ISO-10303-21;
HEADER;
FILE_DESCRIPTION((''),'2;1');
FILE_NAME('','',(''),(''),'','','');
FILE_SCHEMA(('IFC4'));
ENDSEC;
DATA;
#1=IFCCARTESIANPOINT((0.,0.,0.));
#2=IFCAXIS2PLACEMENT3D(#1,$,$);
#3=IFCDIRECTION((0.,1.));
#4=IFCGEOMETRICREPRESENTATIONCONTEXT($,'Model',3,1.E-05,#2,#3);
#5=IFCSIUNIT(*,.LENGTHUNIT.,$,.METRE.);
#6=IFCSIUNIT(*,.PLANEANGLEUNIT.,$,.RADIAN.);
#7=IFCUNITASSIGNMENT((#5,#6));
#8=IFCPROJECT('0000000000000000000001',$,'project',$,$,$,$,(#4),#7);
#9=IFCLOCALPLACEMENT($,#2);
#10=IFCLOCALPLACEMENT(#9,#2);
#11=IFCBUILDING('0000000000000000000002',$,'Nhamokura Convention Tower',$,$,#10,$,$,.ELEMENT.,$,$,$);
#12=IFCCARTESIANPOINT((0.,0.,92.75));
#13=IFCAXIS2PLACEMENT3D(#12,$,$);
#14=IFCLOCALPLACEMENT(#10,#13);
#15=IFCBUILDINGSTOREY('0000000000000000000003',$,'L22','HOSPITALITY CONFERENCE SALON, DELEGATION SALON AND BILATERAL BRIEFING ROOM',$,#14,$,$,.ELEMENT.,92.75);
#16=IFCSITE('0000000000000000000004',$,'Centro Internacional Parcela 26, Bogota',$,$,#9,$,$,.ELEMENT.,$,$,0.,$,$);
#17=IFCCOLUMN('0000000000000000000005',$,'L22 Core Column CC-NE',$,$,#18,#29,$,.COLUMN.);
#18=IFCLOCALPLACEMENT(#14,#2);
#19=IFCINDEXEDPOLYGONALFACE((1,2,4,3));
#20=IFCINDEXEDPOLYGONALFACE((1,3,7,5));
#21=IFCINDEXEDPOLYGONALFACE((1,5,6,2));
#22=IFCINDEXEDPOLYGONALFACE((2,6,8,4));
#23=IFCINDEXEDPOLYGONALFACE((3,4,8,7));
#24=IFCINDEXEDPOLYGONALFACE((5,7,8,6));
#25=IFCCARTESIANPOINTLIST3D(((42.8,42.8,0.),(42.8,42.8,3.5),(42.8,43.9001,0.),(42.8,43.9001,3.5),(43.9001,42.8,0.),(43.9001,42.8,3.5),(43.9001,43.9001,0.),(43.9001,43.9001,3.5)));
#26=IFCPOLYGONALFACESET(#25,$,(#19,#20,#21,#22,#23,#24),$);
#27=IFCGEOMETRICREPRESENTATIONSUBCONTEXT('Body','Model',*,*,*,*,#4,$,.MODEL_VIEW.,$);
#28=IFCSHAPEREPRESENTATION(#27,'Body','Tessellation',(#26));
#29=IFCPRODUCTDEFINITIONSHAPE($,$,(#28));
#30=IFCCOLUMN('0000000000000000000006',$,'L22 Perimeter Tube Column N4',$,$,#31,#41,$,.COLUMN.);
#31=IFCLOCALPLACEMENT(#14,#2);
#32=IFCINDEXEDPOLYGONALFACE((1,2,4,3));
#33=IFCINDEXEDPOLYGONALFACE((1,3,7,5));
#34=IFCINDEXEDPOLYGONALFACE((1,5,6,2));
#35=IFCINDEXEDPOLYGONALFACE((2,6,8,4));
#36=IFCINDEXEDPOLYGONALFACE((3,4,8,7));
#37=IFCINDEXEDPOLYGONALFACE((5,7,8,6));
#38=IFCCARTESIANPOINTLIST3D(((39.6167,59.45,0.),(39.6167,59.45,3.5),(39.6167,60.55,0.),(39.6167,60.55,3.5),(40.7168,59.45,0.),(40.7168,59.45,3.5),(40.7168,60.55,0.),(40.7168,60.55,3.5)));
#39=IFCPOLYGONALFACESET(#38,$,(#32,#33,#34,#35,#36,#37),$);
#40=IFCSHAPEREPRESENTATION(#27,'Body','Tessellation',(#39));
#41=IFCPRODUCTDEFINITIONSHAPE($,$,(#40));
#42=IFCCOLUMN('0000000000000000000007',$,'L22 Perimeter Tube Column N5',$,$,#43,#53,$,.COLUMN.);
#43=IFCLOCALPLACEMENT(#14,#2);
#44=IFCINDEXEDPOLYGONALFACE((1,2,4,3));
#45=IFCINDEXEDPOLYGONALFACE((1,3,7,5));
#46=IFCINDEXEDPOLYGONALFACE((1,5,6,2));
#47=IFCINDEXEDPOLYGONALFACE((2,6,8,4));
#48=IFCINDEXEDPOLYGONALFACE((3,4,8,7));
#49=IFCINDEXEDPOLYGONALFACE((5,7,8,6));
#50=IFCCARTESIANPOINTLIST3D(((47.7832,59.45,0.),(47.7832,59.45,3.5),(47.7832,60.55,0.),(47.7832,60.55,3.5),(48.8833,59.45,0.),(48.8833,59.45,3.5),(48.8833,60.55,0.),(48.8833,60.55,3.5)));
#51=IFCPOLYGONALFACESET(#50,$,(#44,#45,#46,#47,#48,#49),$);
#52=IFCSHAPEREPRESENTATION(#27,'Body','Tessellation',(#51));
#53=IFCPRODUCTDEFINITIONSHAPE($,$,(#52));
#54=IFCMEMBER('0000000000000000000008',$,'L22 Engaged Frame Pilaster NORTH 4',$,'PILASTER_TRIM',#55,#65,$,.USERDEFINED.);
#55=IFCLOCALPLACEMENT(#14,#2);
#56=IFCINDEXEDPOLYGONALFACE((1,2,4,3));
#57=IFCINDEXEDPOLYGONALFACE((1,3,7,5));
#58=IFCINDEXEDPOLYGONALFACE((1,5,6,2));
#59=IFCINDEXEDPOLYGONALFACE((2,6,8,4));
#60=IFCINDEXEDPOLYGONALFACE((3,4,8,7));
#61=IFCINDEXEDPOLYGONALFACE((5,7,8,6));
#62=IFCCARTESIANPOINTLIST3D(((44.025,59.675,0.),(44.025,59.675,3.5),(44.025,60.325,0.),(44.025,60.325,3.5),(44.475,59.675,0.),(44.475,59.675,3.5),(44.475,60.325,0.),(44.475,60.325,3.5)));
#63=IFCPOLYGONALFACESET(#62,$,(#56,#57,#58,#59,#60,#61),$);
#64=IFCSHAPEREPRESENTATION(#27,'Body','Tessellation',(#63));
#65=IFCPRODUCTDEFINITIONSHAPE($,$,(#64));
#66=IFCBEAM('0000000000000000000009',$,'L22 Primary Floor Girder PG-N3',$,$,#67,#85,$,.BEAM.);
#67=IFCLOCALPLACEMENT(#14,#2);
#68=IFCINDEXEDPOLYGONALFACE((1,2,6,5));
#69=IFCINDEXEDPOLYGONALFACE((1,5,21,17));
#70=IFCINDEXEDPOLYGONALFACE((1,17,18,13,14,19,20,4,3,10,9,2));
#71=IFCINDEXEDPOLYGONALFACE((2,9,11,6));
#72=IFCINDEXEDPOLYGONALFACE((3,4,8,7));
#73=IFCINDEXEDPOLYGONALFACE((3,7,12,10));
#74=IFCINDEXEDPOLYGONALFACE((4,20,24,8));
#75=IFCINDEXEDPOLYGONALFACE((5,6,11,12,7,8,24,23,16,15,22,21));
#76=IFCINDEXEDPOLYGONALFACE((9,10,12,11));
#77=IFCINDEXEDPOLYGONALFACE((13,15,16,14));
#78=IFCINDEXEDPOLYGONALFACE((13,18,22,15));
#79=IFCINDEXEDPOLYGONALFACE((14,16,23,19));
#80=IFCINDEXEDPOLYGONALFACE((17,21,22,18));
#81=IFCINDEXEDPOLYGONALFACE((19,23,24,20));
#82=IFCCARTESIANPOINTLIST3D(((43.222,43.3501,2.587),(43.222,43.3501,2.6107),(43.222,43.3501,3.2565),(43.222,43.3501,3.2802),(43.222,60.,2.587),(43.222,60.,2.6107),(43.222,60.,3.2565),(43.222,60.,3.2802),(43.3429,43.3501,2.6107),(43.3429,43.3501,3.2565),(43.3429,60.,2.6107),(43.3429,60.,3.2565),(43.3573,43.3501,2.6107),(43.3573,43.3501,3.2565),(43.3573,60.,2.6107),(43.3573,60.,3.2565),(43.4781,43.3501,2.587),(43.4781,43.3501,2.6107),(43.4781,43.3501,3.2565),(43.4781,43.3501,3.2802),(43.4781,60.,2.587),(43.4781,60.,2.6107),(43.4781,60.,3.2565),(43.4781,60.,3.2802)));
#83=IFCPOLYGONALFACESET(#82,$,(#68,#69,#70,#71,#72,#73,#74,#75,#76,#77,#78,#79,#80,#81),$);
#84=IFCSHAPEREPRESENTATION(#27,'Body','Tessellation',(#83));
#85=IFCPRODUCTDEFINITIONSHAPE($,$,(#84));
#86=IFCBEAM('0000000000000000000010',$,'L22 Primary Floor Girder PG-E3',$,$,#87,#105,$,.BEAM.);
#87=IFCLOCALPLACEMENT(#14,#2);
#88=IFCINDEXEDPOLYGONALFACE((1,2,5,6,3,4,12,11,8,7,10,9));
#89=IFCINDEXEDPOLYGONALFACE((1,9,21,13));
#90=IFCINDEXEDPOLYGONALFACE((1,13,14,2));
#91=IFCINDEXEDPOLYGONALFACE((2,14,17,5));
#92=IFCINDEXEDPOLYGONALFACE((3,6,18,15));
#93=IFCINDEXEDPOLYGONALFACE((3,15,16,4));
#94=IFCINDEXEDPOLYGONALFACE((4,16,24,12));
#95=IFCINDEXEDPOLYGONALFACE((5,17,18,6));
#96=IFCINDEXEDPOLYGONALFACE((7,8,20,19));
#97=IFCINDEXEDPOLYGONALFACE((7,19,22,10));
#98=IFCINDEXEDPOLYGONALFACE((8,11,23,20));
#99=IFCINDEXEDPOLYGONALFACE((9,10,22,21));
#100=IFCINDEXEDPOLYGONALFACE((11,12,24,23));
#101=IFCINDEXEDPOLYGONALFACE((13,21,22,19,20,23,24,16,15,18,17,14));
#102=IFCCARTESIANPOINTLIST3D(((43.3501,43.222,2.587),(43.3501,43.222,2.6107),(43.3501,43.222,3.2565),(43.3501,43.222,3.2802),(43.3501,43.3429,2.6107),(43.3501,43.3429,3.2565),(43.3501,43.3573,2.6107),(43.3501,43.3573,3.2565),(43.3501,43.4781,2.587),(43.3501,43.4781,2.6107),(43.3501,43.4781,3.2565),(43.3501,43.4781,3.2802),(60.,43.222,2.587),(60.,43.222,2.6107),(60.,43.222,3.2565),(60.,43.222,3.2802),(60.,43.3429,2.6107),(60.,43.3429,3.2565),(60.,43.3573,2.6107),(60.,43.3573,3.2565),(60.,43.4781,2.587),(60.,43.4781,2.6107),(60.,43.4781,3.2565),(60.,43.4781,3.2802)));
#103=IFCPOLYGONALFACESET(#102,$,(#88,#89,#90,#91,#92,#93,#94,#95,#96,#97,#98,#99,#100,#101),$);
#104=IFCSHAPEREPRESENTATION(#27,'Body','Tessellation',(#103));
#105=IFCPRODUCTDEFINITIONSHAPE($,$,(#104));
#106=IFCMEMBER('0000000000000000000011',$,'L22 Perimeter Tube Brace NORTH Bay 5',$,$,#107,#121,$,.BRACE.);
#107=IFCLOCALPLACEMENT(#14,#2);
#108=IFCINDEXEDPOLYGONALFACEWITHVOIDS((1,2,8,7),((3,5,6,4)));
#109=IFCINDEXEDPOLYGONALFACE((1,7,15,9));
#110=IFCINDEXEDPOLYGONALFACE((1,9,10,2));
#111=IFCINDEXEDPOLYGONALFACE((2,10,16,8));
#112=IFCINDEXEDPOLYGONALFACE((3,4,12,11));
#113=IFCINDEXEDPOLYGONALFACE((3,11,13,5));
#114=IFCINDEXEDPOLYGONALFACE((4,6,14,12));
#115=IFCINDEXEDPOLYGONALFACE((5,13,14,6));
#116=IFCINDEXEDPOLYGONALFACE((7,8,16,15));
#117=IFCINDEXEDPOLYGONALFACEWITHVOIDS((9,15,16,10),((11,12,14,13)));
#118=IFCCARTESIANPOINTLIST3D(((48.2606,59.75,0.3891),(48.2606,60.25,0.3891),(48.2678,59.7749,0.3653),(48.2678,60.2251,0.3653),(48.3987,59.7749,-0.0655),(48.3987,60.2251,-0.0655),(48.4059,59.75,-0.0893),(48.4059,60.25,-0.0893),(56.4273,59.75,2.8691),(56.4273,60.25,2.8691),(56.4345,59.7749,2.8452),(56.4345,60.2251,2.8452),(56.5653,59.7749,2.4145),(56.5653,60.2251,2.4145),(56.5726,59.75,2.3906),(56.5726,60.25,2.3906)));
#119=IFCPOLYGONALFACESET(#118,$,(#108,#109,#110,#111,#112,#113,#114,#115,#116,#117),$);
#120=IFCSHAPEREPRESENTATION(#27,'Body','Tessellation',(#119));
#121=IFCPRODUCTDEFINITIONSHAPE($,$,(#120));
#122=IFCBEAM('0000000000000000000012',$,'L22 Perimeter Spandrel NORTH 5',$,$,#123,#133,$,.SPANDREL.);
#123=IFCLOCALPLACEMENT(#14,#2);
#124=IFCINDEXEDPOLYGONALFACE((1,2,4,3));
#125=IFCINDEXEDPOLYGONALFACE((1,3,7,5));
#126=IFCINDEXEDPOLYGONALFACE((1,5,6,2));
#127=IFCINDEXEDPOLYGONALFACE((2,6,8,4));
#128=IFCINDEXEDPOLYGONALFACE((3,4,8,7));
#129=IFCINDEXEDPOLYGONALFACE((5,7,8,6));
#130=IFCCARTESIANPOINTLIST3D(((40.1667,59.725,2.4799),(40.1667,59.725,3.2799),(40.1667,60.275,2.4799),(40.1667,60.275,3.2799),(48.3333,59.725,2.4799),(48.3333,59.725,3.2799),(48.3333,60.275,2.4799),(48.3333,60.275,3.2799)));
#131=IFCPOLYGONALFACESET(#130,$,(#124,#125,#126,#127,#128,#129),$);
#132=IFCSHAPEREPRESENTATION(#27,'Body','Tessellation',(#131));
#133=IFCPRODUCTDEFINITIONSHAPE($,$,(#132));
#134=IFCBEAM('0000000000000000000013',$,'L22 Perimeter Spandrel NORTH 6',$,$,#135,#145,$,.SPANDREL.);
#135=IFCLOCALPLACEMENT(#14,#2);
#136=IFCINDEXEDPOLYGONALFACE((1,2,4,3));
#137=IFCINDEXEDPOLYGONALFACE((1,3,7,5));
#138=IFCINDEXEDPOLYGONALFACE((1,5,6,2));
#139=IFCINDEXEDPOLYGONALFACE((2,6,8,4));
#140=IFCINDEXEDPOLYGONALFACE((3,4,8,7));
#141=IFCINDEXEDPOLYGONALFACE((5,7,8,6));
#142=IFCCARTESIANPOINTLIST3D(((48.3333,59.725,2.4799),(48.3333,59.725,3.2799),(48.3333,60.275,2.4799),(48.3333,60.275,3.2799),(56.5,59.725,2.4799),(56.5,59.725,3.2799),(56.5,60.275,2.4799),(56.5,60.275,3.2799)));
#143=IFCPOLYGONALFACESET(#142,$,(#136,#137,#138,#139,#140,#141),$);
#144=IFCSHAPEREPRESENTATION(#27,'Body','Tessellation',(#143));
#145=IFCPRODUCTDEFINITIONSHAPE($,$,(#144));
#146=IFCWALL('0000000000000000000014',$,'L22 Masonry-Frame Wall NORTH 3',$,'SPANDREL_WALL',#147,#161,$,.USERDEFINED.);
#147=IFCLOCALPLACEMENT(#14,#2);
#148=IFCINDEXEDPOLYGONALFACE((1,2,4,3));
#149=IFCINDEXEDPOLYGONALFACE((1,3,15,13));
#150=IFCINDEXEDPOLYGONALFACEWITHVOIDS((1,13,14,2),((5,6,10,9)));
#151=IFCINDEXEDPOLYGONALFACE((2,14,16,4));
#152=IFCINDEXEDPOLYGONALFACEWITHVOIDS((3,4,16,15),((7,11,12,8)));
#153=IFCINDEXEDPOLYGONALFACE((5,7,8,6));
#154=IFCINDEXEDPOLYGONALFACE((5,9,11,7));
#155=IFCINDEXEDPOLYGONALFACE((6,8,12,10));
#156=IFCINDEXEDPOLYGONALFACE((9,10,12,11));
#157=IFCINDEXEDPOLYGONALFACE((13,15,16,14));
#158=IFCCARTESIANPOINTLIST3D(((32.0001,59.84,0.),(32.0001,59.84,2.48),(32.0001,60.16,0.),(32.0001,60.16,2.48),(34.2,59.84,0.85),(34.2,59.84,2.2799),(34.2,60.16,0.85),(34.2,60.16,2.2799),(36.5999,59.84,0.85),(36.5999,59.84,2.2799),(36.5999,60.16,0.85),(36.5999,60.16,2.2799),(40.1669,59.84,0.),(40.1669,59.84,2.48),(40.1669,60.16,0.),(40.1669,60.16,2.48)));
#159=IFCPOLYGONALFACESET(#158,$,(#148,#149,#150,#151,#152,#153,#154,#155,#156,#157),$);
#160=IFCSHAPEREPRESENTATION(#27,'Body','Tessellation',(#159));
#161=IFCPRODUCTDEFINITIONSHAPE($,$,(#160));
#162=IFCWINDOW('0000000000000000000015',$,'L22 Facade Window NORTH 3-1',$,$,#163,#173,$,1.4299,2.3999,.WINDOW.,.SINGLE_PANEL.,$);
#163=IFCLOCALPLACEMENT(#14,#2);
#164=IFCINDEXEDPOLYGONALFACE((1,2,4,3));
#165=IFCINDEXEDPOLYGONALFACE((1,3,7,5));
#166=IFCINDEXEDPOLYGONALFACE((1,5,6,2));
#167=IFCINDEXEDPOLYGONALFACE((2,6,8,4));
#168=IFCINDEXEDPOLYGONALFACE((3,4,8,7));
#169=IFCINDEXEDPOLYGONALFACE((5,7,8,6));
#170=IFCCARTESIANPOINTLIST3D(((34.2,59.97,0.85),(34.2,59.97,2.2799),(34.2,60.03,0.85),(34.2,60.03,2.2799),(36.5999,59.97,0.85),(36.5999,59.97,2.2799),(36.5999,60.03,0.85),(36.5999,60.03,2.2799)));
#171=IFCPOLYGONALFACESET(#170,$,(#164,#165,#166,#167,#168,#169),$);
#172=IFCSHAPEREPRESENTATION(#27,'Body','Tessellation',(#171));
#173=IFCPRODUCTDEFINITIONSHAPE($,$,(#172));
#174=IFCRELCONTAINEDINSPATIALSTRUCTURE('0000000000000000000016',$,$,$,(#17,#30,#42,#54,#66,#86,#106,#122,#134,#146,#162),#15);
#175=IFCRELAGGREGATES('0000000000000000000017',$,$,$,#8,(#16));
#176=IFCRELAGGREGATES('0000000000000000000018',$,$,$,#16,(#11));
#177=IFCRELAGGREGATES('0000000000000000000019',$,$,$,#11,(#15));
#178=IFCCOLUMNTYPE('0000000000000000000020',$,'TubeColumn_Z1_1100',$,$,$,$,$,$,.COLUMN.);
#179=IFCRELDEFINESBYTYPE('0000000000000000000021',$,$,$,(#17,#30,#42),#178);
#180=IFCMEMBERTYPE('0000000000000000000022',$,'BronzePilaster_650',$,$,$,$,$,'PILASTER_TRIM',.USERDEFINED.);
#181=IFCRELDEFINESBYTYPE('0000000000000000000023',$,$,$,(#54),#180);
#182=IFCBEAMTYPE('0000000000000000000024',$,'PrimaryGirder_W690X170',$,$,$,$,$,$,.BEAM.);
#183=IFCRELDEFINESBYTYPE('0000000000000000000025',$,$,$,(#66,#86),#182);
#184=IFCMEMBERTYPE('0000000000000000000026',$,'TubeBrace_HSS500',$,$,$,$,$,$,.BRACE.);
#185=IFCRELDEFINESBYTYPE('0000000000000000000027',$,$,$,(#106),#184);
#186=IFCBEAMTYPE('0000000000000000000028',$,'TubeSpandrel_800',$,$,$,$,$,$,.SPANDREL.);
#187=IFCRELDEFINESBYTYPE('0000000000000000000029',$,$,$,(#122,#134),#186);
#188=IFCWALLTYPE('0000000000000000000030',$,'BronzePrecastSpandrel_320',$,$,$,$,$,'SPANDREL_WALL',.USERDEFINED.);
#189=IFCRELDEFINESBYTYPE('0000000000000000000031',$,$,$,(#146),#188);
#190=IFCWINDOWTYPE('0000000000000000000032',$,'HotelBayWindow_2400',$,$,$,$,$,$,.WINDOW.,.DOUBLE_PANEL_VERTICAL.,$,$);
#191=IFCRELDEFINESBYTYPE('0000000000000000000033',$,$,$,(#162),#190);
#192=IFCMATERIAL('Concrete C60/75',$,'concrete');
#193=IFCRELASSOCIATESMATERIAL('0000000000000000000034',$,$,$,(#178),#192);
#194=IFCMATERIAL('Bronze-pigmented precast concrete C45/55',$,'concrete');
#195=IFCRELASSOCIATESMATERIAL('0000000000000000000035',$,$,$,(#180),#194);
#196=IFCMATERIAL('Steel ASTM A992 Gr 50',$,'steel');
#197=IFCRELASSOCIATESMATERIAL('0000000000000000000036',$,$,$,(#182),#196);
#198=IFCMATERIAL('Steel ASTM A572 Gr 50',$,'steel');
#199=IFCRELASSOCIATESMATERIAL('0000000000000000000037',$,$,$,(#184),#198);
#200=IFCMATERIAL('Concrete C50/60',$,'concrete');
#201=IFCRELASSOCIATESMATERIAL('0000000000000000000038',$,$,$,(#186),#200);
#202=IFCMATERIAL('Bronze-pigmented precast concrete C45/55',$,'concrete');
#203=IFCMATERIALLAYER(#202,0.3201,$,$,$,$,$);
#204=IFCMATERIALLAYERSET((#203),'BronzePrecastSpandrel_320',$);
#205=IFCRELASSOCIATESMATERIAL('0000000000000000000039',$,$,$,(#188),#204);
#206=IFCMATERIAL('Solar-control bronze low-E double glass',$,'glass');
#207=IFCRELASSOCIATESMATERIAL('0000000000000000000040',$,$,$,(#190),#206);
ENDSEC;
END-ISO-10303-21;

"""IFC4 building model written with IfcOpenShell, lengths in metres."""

from ifc_helpers import new_model, si_unit, direction, frame, frame_2d, origin, origin_2d, place, context, subcontext, project, spatial, rectangle, hollow_rectangle, i_section, extrude, material, layer, layer_set, material_profile, profile_set, type_object, element, fill, save


model = new_model("IFC4")

# Units and contexts
model_context = context("Model", 3, precision=1e-05, world=origin(), true_north=direction((0.0, 1.0)))
body_context = subcontext(model_context, "Body", "Model", "MODEL_VIEW")
ifc_project = project(units=[si_unit("LENGTHUNIT", "METRE"), si_unit("PLANEANGLEUNIT", "RADIAN")], contexts=[model_context])

# Site, building, storey
site_placement = place(None, origin())
site = spatial("IfcSite", under=ifc_project, at=site_placement, Name="Centro Internacional Parcela 26, Bogota", CompositionType="ELEMENT", RefElevation=0.0)
building_placement = place(site_placement, origin())
building = spatial("IfcBuilding", under=site, at=building_placement, Name="Nhamokura Convention Tower", CompositionType="ELEMENT")
storey_placement = place(building_placement, frame((0.0, 0.0, 92.75)))
storey = spatial("IfcBuildingStorey", under=building, at=storey_placement, Name="L22", Description="HOSPITALITY CONFERENCE SALON, DELEGATION SALON AND BILATERAL BRIEFING ROOM", CompositionType="ELEMENT", Elevation=92.75)

# Columns
ifc_material_1 = material(Name="Concrete C60/75", Category="concrete")
ifc_material_profile_1 = material_profile(ifc_material_1, rectangle(XDim=1.1001, YDim=1.1001, at=origin_2d()))
ifc_profile_set_1 = profile_set([ifc_material_profile_1], Name="Concrete C60/75")
column_type = type_object("IfcColumnType", Name="TubeColumn_Z1_1100", PredefinedType="COLUMN", material=ifc_profile_set_1)
for number, where, z_axis, x_axis, name in (
    (1, (43.3501, 43.3501, 0.0), (0.0, 0.0, 1.0), (1.0, 0.0, 0.0), "L22 Core Column CC-NE"),
    (2, (40.1667, 60.0, 0.0), (0.0, 0.0, 1.0), (1.0, 0.0, 0.0), "L22 Perimeter Tube Column N4"),
    (3, (48.3333, 60.0, 0.0), (0.0, 0.0, 1.0), (1.0, 0.0, 0.0), "L22 Perimeter Tube Column N5"),
):
    element("IfcColumn", number, at=place(storey_placement, frame(where, z_axis=z_axis, x_axis=x_axis)), inside=storey, type_object=column_type, Name=name, PredefinedType="COLUMN", context=body_context, shape_type="SweptSolid", body=[
        extrude(rectangle(XDim=1.1001, YDim=1.1001, at=origin_2d()), origin(), (0.0, 0.0, 1.0), 3.5),
    ])

# Member
ifc_material_2 = material(Name="Bronze-pigmented precast concrete C45/55", Category="concrete")
ifc_material_profile_2 = material_profile(ifc_material_2, rectangle(XDim=0.45, YDim=0.6499, at=origin_2d()))
ifc_profile_set_2 = profile_set([ifc_material_profile_2], Name="Bronze-pigmented precast concrete C45/55")
member_type_1 = type_object("IfcMemberType", Name="BronzePilaster_650", ElementType="PILASTER_TRIM", PredefinedType="USERDEFINED", material=ifc_profile_set_2)
member_1_placement = place(storey_placement, frame((44.25, 60.0, 0.0), z_axis=(0.0, 0.0, 1.0), x_axis=(1.0, 0.0, 0.0)))
element("IfcMember", 4, at=member_1_placement, inside=storey, type_object=member_type_1, Name="L22 Engaged Frame Pilaster NORTH 4", ObjectType="PILASTER_TRIM", PredefinedType="USERDEFINED", context=body_context, shape_type="SweptSolid", body=[
    extrude(rectangle(XDim=0.45, YDim=0.6499, at=origin_2d()), origin(), (0.0, 0.0, 1.0), 3.5),
])

# Beams
ifc_material_3 = material(Name="Steel ASTM A992 Gr 50", Category="steel")
ifc_material_profile_3 = material_profile(ifc_material_3, i_section(OverallWidth=0.2561, OverallDepth=0.6931, WebThickness=0.0144, FlangeThickness=0.0237, at=origin_2d()))
ifc_profile_set_3 = profile_set([ifc_material_profile_3], Name="Steel ASTM A992 Gr 50")
beam_type_1 = type_object("IfcBeamType", Name="PrimaryGirder_W690X170", PredefinedType="BEAM", material=ifc_profile_set_3)
for number, where, z_axis, x_axis, name in (
    (5, (43.3501, 43.3501, 2.9336), (0.0, 1.0, 0.0), (-1.0, 0.0, 0.0), "L22 Primary Floor Girder PG-N3"),
    (6, (43.3501, 43.3501, 2.9336), (1.0, 0.0, 0.0), (0.0, 1.0, 0.0), "L22 Primary Floor Girder PG-E3"),
):
    element("IfcBeam", number, at=place(storey_placement, frame(where, z_axis=z_axis, x_axis=x_axis)), inside=storey, type_object=beam_type_1, Name=name, PredefinedType="BEAM", context=body_context, shape_type="SweptSolid", body=[
        extrude(i_section(OverallWidth=0.2561, OverallDepth=0.6931, WebThickness=0.0144, FlangeThickness=0.0237, at=origin_2d()), origin(), (0.0, 0.0, 1.0), 16.6499),
    ])

# Member
ifc_material_4 = material(Name="Steel ASTM A572 Gr 50", Category="steel")
ifc_material_profile_4 = material_profile(ifc_material_4, hollow_rectangle(XDim=0.5, YDim=0.5, WallThickness=0.0249, at=origin_2d()))
ifc_profile_set_4 = profile_set([ifc_material_profile_4], Name="Steel ASTM A572 Gr 50")
member_type_2 = type_object("IfcMemberType", Name="TubeBrace_HSS500", PredefinedType="BRACE", material=ifc_profile_set_4)
member_2_placement = place(storey_placement, frame((48.3333, 60.0, 0.1499), z_axis=(0.956855, 0.0, 0.290566), x_axis=(0.0, 1.0, 0.0)))
element("IfcMember", 7, at=member_2_placement, inside=storey, type_object=member_type_2, Name="L22 Perimeter Tube Brace NORTH Bay 5", PredefinedType="BRACE", context=body_context, shape_type="SweptSolid", body=[
    extrude(hollow_rectangle(XDim=0.5, YDim=0.5, WallThickness=0.0249, at=origin_2d()), origin(), (0.0, 0.0, 1.0), 8.5349),
])

# Beams
ifc_material_5 = material(Name="Concrete C50/60", Category="concrete")
ifc_material_profile_5 = material_profile(ifc_material_5, rectangle(XDim=0.55, YDim=0.8, at=origin_2d()))
ifc_profile_set_5 = profile_set([ifc_material_profile_5], Name="Concrete C50/60")
beam_type_2 = type_object("IfcBeamType", Name="TubeSpandrel_800", PredefinedType="SPANDREL", material=ifc_profile_set_5)
beam_1_placement = place(storey_placement, frame((40.1667, 60.0, 2.8799), z_axis=(1.0, 0.0, 0.0), x_axis=(0.0, 1.0, 0.0)))
element("IfcBeam", 8, at=beam_1_placement, inside=storey, type_object=beam_type_2, Name="L22 Perimeter Spandrel NORTH 5", PredefinedType="SPANDREL", context=body_context, shape_type="SweptSolid", body=[
    extrude(rectangle(XDim=0.55, YDim=0.8, at=origin_2d()), origin(), (0.0, 0.0, 1.0), 8.1665),
])
beam_2_placement = place(storey_placement, frame((48.3333, 60.0, 2.8799), z_axis=(1.0, 0.0, 0.0), x_axis=(0.0, 1.0, 0.0)))
element("IfcBeam", 9, at=beam_2_placement, inside=storey, type_object=beam_type_2, Name="L22 Perimeter Spandrel NORTH 6", PredefinedType="SPANDREL", context=body_context, shape_type="SweptSolid", body=[
    extrude(rectangle(XDim=0.55, YDim=0.8, at=origin_2d()), origin(), (0.0, 0.0, 1.0), 8.1667),
])

# Wall, opening, window
ifc_material_6 = material(Name="Bronze-pigmented precast concrete C45/55", Category="concrete")
ifc_layer_1 = layer(ifc_material_6, 0.3201)
ifc_layer_set_1 = layer_set([ifc_layer_1], Name="BronzePrecastSpandrel_320")
wall_type_1 = type_object("IfcWallType", Name="BronzePrecastSpandrel_320", ElementType="SPANDREL_WALL", PredefinedType="USERDEFINED", material=ifc_layer_set_1)
wall_1_placement = place(storey_placement, frame((32.0, 60.0, 0.0), z_axis=(0.0, 0.0, 1.0), x_axis=(1.0, 0.0, 0.0)))
wall_1 = element("IfcWall", 10, at=wall_1_placement, inside=storey, type_object=wall_type_1, Name="L22 Masonry-Frame Wall NORTH 3", ObjectType="SPANDREL_WALL", PredefinedType="USERDEFINED", context=body_context, shape_type="SweptSolid", body=[
    extrude(rectangle(XDim=8.1667, YDim=0.3201, at=frame_2d((4.0835, 0.0))), origin(), (0.0, 0.0, 1.0), 2.48),
])
opening_1_placement = place(wall_1_placement, frame((2.2, 0.0, 0.8501)))
opening_1 = element("IfcOpeningElement", 11, at=opening_1_placement, cuts=wall_1, PredefinedType="OPENING", context=body_context, shape_type="SweptSolid", body=[
    extrude(rectangle(XDim=2.3999, YDim=1.4299, at=frame_2d((1.2, 0.7148))), frame((0.0, 0.1699, 0.0), z_axis=(0.0, -1.0, 0.0), x_axis=(1.0, 0.0, 0.0)), (0.0, 0.0, 1.0), 0.3401),
])
ifc_material_7 = material(Name="Solar-control bronze low-E double glass", Category="glass")
window_type_1 = type_object("IfcWindowType", Name="HotelBayWindow_2400", PartitioningType="DOUBLE_PANEL_VERTICAL", PredefinedType="WINDOW", material=ifc_material_7)
window_1_placement = place(opening_1_placement, origin())
window_1 = element("IfcWindow", 12, at=window_1_placement, inside=storey, type_object=window_type_1, Name="L22 Facade Window NORTH 3-1", OverallHeight=1.4299, OverallWidth=2.3999, PartitioningType="SINGLE_PANEL", PredefinedType="WINDOW", context=body_context, shape_type="SweptSolid", body=[
    extrude(rectangle(XDim=2.3999, YDim=1.4299, at=frame_2d((1.2, 0.7148))), frame((0.0, 0.03, 0.0), z_axis=(0.0, -1.0, 0.0), x_axis=(1.0, 0.0, 0.0)), (0.0, 0.0, 1.0), 0.0601),
])
fill(opening_1, window_1)

save(model, "model.ifc")
